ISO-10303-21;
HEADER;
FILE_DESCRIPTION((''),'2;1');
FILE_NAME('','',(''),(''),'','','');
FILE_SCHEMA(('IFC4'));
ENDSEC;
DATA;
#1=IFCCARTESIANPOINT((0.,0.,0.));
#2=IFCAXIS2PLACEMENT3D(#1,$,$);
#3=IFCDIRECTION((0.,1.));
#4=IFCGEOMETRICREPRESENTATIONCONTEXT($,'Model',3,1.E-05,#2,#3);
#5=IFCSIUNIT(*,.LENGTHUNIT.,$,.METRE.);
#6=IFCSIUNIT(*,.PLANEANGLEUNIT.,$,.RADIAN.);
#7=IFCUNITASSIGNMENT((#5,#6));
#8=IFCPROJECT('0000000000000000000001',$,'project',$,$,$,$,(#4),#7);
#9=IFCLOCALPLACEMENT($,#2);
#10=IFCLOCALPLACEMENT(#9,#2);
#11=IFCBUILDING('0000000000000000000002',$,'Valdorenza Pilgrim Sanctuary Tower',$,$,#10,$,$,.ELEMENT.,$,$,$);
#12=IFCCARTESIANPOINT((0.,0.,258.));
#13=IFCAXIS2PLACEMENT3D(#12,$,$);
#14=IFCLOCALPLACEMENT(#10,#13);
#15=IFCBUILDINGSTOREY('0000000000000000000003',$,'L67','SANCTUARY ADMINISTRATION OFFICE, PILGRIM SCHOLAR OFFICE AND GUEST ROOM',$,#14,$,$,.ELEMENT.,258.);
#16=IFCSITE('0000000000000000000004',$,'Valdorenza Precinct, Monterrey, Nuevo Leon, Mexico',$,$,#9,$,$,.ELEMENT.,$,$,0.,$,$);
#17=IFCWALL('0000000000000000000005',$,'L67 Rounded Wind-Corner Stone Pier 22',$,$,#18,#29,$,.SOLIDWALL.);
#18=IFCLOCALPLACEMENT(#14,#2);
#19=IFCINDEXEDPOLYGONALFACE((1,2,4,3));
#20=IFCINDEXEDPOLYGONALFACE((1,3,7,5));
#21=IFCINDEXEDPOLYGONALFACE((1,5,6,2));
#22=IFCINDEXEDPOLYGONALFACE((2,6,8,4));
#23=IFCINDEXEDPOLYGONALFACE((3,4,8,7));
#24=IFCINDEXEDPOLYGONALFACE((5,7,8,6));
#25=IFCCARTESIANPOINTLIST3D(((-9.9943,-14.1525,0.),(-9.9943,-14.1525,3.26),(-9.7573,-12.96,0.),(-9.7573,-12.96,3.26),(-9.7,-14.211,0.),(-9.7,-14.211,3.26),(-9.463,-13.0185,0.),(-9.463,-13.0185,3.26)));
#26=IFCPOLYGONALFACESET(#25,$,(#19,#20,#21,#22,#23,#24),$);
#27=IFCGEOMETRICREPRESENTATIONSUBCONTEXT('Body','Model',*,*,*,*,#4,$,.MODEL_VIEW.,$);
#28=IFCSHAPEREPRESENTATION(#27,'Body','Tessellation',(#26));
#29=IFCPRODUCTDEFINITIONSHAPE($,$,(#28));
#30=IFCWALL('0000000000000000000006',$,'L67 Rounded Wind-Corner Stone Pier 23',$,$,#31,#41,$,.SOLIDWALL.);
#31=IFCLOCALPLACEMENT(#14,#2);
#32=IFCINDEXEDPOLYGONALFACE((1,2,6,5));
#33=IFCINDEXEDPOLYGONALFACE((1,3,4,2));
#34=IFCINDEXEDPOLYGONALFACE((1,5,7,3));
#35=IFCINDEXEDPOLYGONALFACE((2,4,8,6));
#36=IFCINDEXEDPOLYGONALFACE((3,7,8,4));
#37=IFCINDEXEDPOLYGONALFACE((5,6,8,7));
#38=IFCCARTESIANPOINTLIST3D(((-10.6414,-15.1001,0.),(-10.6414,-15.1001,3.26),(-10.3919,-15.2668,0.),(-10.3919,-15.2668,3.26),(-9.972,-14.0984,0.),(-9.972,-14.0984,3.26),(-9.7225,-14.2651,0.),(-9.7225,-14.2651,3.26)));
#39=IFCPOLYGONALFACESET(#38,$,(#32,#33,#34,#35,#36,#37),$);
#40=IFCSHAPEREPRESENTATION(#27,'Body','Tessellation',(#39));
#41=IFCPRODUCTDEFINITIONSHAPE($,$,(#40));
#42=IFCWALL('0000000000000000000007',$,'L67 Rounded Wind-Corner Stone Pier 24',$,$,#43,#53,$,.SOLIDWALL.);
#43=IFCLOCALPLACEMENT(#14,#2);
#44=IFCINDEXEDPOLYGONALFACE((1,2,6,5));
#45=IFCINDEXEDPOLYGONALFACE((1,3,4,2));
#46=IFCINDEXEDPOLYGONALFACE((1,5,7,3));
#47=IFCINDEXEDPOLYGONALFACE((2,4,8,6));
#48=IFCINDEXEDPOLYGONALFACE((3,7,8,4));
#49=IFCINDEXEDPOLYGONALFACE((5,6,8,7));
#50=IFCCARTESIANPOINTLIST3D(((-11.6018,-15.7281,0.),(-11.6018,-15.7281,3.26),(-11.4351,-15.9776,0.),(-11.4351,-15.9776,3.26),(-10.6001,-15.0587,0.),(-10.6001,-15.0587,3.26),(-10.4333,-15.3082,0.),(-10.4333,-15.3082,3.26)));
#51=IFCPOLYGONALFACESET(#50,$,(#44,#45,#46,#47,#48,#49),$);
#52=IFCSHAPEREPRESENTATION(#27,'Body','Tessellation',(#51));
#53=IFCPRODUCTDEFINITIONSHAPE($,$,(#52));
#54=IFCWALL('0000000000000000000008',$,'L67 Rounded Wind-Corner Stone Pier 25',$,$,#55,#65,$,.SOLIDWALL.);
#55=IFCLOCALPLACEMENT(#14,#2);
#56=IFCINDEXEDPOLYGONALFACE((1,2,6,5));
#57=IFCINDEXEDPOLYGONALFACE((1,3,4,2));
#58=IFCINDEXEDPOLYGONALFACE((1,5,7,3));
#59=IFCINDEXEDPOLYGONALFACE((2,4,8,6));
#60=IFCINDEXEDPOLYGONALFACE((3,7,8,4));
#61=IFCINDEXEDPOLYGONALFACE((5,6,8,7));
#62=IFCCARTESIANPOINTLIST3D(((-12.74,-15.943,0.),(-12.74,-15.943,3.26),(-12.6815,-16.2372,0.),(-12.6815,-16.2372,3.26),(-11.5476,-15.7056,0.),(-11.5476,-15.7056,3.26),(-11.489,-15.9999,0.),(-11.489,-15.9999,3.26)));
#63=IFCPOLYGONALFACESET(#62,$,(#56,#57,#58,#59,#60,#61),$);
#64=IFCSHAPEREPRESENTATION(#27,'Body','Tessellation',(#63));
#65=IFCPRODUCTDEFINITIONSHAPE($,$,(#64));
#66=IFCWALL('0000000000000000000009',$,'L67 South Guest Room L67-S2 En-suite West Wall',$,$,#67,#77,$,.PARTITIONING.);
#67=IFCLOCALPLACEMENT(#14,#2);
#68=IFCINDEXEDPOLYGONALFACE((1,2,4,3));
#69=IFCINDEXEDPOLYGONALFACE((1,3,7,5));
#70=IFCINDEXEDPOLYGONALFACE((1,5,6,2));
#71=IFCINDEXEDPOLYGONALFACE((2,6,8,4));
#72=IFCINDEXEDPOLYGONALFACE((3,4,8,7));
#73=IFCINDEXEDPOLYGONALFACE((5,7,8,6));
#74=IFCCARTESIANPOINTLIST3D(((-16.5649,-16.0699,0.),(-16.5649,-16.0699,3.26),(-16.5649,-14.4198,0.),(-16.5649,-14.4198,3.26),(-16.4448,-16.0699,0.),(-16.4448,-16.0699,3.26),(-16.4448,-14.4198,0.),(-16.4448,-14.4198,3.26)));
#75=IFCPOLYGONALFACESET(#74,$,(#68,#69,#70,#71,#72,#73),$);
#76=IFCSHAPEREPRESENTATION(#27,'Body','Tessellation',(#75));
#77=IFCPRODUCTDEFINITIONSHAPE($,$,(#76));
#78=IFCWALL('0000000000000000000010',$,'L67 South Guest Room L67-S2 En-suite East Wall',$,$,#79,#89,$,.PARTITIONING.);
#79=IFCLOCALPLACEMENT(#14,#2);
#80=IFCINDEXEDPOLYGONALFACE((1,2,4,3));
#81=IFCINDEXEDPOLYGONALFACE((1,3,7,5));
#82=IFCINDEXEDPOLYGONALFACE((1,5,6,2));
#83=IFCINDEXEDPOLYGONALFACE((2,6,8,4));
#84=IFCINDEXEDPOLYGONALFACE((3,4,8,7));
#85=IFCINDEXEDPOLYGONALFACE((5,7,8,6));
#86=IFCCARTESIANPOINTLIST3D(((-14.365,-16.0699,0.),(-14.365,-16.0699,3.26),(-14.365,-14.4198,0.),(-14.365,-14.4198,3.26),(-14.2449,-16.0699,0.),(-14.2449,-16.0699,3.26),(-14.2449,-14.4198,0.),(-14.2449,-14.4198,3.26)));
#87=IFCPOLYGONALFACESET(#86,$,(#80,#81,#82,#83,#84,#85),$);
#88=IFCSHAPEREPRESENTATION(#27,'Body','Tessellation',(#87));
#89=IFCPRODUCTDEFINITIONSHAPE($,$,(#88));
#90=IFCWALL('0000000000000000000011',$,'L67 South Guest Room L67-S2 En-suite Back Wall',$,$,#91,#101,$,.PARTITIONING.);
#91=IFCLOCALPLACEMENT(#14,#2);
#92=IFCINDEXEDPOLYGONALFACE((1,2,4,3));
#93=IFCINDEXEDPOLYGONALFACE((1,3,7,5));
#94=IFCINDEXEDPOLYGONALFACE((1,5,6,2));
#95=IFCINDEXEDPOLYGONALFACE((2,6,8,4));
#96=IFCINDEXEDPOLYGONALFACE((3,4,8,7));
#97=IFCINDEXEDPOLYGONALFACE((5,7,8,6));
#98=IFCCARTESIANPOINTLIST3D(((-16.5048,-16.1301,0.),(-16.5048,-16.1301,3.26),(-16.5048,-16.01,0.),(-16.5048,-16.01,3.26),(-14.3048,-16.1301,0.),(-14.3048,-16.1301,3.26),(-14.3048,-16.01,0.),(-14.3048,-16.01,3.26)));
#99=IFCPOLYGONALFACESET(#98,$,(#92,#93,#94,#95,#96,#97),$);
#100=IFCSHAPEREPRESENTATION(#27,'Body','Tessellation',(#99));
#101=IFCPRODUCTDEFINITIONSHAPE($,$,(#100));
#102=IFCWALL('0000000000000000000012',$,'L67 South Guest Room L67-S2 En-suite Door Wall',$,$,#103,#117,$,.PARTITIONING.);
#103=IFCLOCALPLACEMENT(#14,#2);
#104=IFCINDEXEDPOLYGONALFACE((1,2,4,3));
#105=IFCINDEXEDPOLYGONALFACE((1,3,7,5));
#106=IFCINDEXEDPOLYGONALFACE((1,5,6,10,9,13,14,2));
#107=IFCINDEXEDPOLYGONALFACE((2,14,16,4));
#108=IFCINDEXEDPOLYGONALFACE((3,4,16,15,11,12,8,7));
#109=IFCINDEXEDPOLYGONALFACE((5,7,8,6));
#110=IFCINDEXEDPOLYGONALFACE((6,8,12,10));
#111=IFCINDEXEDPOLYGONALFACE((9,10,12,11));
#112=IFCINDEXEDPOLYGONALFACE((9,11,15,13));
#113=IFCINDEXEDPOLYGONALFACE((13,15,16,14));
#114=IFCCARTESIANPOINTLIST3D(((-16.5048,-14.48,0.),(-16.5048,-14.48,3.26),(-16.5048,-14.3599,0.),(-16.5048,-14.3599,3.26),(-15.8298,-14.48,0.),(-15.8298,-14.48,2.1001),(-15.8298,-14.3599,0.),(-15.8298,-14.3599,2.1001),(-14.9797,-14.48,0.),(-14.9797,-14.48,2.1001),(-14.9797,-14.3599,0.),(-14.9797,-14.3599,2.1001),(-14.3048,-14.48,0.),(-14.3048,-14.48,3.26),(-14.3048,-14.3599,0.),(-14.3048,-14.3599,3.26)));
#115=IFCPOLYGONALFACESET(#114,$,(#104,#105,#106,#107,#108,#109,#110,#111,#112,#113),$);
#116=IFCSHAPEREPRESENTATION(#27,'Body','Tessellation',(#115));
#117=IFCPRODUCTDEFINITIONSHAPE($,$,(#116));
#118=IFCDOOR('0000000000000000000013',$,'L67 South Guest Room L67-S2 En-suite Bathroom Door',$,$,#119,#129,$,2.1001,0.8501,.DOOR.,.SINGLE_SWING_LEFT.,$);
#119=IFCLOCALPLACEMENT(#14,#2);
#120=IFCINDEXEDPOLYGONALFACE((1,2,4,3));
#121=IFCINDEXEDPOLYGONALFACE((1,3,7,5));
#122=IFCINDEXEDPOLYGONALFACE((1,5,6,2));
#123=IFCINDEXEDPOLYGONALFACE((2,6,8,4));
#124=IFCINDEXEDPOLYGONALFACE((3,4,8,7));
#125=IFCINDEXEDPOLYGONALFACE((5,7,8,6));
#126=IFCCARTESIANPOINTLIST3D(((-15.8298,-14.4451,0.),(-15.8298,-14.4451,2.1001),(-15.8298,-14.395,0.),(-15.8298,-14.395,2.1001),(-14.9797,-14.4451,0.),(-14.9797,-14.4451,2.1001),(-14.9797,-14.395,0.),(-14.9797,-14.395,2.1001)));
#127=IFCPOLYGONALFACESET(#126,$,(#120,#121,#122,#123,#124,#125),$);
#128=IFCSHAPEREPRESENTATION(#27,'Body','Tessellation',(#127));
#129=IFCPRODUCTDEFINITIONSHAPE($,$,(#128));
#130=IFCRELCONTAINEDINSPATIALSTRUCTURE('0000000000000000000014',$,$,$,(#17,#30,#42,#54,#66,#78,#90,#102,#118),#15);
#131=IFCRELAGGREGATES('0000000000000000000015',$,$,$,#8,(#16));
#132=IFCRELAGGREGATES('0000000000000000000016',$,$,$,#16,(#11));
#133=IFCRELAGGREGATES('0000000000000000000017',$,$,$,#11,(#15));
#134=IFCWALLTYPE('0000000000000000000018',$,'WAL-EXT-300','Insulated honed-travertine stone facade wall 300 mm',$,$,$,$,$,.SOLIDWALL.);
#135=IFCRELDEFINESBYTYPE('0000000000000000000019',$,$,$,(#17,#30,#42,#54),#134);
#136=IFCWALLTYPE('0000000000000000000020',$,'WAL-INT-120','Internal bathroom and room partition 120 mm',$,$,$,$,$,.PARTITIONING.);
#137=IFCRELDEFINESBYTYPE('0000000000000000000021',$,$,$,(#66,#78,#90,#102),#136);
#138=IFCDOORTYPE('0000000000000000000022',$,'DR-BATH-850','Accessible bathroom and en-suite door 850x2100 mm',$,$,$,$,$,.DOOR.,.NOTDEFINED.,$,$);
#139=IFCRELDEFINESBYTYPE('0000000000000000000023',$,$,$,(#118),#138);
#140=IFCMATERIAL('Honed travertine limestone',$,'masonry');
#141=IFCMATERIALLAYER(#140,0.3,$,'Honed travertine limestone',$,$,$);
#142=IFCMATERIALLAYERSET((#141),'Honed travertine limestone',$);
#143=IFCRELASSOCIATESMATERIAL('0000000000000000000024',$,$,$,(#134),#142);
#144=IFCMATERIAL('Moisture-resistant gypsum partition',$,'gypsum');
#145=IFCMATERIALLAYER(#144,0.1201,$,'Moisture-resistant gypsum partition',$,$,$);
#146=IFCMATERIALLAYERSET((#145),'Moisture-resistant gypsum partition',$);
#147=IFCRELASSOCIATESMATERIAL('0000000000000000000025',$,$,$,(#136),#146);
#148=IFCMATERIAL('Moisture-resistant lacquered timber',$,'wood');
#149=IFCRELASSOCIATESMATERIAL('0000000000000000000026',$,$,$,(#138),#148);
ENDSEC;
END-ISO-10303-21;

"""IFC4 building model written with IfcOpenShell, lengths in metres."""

from ifc_helpers import new_model, si_unit, direction, frame, frame_2d, origin, place, context, subcontext, project, spatial, rectangle, extrude, material, layer, layer_set, type_object, element, fill, save


model = new_model("IFC4")

# Units and contexts
model_context = context("Model", 3, precision=1e-05, world=origin(), true_north=direction((0.0, 1.0)))
body_context = subcontext(model_context, "Body", "Model", "MODEL_VIEW")
ifc_project = project(units=[si_unit("LENGTHUNIT", "METRE"), si_unit("PLANEANGLEUNIT", "RADIAN")], contexts=[model_context])

# Site, building, storey
site_placement = place(None, origin())
site = spatial("IfcSite", under=ifc_project, at=site_placement, Name="Valdorenza Precinct, Monterrey, Nuevo Leon, Mexico", CompositionType="ELEMENT", RefElevation=0.0)
building_placement = place(site_placement, origin())
building = spatial("IfcBuilding", under=site, at=building_placement, Name="Valdorenza Pilgrim Sanctuary Tower", CompositionType="ELEMENT")
storey_placement = place(building_placement, frame((0.0, 0.0, 258.0)))
storey = spatial("IfcBuildingStorey", under=building, at=storey_placement, Name="L67", Description="SANCTUARY ADMINISTRATION OFFICE, PILGRIM SCHOLAR OFFICE AND GUEST ROOM", CompositionType="ELEMENT", Elevation=258.0)

# Shared definitions
ifc_material_1 = material(Name="Honed travertine limestone", Category="masonry")

# Walls
ifc_layer_1 = layer(ifc_material_1, 0.3, Name="Honed travertine limestone")
ifc_layer_set_1 = layer_set([ifc_layer_1], Name="Honed travertine limestone")
wall_type_1 = type_object("IfcWallType", Name="WAL-EXT-300", Description="Insulated honed-travertine stone facade wall 300 mm", PredefinedType="SOLIDWALL", material=ifc_layer_set_1)
wall_1_placement = place(storey_placement, frame((-9.6101, -12.9893, 0.0), z_axis=(0.0, 0.0, 1.0), x_axis=(-0.194996, -0.980804, 0.0)))
element("IfcWall", 1, at=wall_1_placement, inside=storey, type_object=wall_type_1, Name="L67 Rounded Wind-Corner Stone Pier 22", PredefinedType="SOLIDWALL", context=body_context, shape_type="SweptSolid", body=[
    extrude(rectangle(XDim=1.2158, YDim=0.3, at=frame_2d((0.6079, 0.0))), origin(), (0.0, 0.0, 1.0), 3.26),
])
for number, where, z_axis, x_axis, name in (
    (2, (-9.8472, -14.1816, 0.0), (0.0, 0.0, 1.0), (-0.555635, -0.831426, 0.0), "L67 Rounded Wind-Corner Stone Pier 23"),
    (3, (-10.5166, -15.1833, 0.0), (0.0, 0.0, 1.0), (-0.831426, -0.555635, 0.0), "L67 Rounded Wind-Corner Stone Pier 24"),
):
    element("IfcWall", number, at=place(storey_placement, frame(where, z_axis=z_axis, x_axis=x_axis)), inside=storey, type_object=wall_type_1, Name=name, PredefinedType="SOLIDWALL", context=body_context, shape_type="SweptSolid", body=[
        extrude(rectangle(XDim=1.2048, YDim=0.3, at=frame_2d((0.6025, 0.0))), origin(), (0.0, 0.0, 1.0), 3.26),
    ])
wall_2_placement = place(storey_placement, frame((-11.5183, -15.8528, 0.0), z_axis=(0.0, 0.0, 1.0), x_axis=(-0.980766, -0.195189, 0.0)))
element("IfcWall", 4, at=wall_2_placement, inside=storey, type_object=wall_type_1, Name="L67 Rounded Wind-Corner Stone Pier 25", PredefinedType="SOLIDWALL", context=body_context, shape_type="SweptSolid", body=[
    extrude(rectangle(XDim=1.2158, YDim=0.3, at=frame_2d((0.6079, 0.0))), origin(), (0.0, 0.0, 1.0), 3.26),
])
ifc_material_2 = material(Name="Moisture-resistant gypsum partition", Category="gypsum")
ifc_layer_2 = layer(ifc_material_2, 0.1201, Name="Moisture-resistant gypsum partition")
ifc_layer_set_2 = layer_set([ifc_layer_2], Name="Moisture-resistant gypsum partition")
wall_type_2 = type_object("IfcWallType", Name="WAL-INT-120", Description="Internal bathroom and room partition 120 mm", PredefinedType="PARTITIONING", material=ifc_layer_set_2)
for number, where, z_axis, x_axis, name in (
    (5, (-16.5049, -16.0701, 0.0), (0.0, 0.0, 1.0), (0.0, 1.0, 0.0), "L67 South Guest Room L67-S2 En-suite West Wall"),
    (6, (-14.3049, -16.0701, 0.0), (0.0, 0.0, 1.0), (0.0, 1.0, 0.0), "L67 South Guest Room L67-S2 En-suite East Wall"),
):
    element("IfcWall", number, at=place(storey_placement, frame(where, z_axis=z_axis, x_axis=x_axis)), inside=storey, type_object=wall_type_2, Name=name, PredefinedType="PARTITIONING", context=body_context, shape_type="SweptSolid", body=[
        extrude(rectangle(XDim=1.6501, YDim=0.1201, at=frame_2d((0.8252, 0.0))), origin(), (0.0, 0.0, 1.0), 3.26),
    ])
wall_3_placement = place(storey_placement, frame((-16.5049, -16.0701, 0.0), z_axis=(0.0, 0.0, 1.0), x_axis=(1.0, 0.0, 0.0)))
element("IfcWall", 7, at=wall_3_placement, inside=storey, type_object=wall_type_2, Name="L67 South Guest Room L67-S2 En-suite Back Wall", PredefinedType="PARTITIONING", context=body_context, shape_type="SweptSolid", body=[
    extrude(rectangle(XDim=2.2, YDim=0.1201, at=frame_2d((1.1001, 0.0))), origin(), (0.0, 0.0, 1.0), 3.26),
])

# Wall, opening, door
wall_4_placement = place(storey_placement, frame((-16.5049, -14.4199, 0.0), z_axis=(0.0, 0.0, 1.0), x_axis=(1.0, 0.0, 0.0)))
wall_4 = element("IfcWall", 8, at=wall_4_placement, inside=storey, type_object=wall_type_2, Name="L67 South Guest Room L67-S2 En-suite Door Wall", PredefinedType="PARTITIONING", context=body_context, shape_type="SweptSolid", body=[
    extrude(rectangle(XDim=2.2, YDim=0.1201, at=frame_2d((1.1001, 0.0))), origin(), (0.0, 0.0, 1.0), 3.26),
])
opening_placement = place(wall_4_placement, frame((0.675, 0.0, 0.0)))
opening = element("IfcOpeningElement", 9, at=opening_placement, cuts=wall_4, PredefinedType="OPENING", context=body_context, shape_type="SweptSolid", body=[
    extrude(rectangle(XDim=0.8501, YDim=2.1001, at=frame_2d((0.425, 1.05))), frame((0.0, 0.075, 0.0), z_axis=(0.0, -1.0, 0.0), x_axis=(1.0, 0.0, 0.0)), (0.0, 0.0, 1.0), 0.1499),
])
ifc_material_3 = material(Name="Moisture-resistant lacquered timber", Category="wood")
door_type = type_object("IfcDoorType", Name="DR-BATH-850", Description="Accessible bathroom and en-suite door 850x2100 mm", OperationType="NOTDEFINED", PredefinedType="DOOR", material=ifc_material_3)
door_placement = place(opening_placement, origin())
door = element("IfcDoor", 10, at=door_placement, inside=storey, type_object=door_type, Name="L67 South Guest Room L67-S2 En-suite Bathroom Door", OperationType="SINGLE_SWING_LEFT", OverallHeight=2.1001, OverallWidth=0.8501, PredefinedType="DOOR", context=body_context, shape_type="SweptSolid", body=[
    extrude(rectangle(XDim=0.8501, YDim=2.1001, at=frame_2d((0.425, 1.05))), frame((0.0, 0.0249, 0.0), z_axis=(0.0, -1.0, 0.0), x_axis=(1.0, 0.0, 0.0)), (0.0, 0.0, 1.0), 0.05),
])
fill(opening, door)

save(model, "model.ifc")
